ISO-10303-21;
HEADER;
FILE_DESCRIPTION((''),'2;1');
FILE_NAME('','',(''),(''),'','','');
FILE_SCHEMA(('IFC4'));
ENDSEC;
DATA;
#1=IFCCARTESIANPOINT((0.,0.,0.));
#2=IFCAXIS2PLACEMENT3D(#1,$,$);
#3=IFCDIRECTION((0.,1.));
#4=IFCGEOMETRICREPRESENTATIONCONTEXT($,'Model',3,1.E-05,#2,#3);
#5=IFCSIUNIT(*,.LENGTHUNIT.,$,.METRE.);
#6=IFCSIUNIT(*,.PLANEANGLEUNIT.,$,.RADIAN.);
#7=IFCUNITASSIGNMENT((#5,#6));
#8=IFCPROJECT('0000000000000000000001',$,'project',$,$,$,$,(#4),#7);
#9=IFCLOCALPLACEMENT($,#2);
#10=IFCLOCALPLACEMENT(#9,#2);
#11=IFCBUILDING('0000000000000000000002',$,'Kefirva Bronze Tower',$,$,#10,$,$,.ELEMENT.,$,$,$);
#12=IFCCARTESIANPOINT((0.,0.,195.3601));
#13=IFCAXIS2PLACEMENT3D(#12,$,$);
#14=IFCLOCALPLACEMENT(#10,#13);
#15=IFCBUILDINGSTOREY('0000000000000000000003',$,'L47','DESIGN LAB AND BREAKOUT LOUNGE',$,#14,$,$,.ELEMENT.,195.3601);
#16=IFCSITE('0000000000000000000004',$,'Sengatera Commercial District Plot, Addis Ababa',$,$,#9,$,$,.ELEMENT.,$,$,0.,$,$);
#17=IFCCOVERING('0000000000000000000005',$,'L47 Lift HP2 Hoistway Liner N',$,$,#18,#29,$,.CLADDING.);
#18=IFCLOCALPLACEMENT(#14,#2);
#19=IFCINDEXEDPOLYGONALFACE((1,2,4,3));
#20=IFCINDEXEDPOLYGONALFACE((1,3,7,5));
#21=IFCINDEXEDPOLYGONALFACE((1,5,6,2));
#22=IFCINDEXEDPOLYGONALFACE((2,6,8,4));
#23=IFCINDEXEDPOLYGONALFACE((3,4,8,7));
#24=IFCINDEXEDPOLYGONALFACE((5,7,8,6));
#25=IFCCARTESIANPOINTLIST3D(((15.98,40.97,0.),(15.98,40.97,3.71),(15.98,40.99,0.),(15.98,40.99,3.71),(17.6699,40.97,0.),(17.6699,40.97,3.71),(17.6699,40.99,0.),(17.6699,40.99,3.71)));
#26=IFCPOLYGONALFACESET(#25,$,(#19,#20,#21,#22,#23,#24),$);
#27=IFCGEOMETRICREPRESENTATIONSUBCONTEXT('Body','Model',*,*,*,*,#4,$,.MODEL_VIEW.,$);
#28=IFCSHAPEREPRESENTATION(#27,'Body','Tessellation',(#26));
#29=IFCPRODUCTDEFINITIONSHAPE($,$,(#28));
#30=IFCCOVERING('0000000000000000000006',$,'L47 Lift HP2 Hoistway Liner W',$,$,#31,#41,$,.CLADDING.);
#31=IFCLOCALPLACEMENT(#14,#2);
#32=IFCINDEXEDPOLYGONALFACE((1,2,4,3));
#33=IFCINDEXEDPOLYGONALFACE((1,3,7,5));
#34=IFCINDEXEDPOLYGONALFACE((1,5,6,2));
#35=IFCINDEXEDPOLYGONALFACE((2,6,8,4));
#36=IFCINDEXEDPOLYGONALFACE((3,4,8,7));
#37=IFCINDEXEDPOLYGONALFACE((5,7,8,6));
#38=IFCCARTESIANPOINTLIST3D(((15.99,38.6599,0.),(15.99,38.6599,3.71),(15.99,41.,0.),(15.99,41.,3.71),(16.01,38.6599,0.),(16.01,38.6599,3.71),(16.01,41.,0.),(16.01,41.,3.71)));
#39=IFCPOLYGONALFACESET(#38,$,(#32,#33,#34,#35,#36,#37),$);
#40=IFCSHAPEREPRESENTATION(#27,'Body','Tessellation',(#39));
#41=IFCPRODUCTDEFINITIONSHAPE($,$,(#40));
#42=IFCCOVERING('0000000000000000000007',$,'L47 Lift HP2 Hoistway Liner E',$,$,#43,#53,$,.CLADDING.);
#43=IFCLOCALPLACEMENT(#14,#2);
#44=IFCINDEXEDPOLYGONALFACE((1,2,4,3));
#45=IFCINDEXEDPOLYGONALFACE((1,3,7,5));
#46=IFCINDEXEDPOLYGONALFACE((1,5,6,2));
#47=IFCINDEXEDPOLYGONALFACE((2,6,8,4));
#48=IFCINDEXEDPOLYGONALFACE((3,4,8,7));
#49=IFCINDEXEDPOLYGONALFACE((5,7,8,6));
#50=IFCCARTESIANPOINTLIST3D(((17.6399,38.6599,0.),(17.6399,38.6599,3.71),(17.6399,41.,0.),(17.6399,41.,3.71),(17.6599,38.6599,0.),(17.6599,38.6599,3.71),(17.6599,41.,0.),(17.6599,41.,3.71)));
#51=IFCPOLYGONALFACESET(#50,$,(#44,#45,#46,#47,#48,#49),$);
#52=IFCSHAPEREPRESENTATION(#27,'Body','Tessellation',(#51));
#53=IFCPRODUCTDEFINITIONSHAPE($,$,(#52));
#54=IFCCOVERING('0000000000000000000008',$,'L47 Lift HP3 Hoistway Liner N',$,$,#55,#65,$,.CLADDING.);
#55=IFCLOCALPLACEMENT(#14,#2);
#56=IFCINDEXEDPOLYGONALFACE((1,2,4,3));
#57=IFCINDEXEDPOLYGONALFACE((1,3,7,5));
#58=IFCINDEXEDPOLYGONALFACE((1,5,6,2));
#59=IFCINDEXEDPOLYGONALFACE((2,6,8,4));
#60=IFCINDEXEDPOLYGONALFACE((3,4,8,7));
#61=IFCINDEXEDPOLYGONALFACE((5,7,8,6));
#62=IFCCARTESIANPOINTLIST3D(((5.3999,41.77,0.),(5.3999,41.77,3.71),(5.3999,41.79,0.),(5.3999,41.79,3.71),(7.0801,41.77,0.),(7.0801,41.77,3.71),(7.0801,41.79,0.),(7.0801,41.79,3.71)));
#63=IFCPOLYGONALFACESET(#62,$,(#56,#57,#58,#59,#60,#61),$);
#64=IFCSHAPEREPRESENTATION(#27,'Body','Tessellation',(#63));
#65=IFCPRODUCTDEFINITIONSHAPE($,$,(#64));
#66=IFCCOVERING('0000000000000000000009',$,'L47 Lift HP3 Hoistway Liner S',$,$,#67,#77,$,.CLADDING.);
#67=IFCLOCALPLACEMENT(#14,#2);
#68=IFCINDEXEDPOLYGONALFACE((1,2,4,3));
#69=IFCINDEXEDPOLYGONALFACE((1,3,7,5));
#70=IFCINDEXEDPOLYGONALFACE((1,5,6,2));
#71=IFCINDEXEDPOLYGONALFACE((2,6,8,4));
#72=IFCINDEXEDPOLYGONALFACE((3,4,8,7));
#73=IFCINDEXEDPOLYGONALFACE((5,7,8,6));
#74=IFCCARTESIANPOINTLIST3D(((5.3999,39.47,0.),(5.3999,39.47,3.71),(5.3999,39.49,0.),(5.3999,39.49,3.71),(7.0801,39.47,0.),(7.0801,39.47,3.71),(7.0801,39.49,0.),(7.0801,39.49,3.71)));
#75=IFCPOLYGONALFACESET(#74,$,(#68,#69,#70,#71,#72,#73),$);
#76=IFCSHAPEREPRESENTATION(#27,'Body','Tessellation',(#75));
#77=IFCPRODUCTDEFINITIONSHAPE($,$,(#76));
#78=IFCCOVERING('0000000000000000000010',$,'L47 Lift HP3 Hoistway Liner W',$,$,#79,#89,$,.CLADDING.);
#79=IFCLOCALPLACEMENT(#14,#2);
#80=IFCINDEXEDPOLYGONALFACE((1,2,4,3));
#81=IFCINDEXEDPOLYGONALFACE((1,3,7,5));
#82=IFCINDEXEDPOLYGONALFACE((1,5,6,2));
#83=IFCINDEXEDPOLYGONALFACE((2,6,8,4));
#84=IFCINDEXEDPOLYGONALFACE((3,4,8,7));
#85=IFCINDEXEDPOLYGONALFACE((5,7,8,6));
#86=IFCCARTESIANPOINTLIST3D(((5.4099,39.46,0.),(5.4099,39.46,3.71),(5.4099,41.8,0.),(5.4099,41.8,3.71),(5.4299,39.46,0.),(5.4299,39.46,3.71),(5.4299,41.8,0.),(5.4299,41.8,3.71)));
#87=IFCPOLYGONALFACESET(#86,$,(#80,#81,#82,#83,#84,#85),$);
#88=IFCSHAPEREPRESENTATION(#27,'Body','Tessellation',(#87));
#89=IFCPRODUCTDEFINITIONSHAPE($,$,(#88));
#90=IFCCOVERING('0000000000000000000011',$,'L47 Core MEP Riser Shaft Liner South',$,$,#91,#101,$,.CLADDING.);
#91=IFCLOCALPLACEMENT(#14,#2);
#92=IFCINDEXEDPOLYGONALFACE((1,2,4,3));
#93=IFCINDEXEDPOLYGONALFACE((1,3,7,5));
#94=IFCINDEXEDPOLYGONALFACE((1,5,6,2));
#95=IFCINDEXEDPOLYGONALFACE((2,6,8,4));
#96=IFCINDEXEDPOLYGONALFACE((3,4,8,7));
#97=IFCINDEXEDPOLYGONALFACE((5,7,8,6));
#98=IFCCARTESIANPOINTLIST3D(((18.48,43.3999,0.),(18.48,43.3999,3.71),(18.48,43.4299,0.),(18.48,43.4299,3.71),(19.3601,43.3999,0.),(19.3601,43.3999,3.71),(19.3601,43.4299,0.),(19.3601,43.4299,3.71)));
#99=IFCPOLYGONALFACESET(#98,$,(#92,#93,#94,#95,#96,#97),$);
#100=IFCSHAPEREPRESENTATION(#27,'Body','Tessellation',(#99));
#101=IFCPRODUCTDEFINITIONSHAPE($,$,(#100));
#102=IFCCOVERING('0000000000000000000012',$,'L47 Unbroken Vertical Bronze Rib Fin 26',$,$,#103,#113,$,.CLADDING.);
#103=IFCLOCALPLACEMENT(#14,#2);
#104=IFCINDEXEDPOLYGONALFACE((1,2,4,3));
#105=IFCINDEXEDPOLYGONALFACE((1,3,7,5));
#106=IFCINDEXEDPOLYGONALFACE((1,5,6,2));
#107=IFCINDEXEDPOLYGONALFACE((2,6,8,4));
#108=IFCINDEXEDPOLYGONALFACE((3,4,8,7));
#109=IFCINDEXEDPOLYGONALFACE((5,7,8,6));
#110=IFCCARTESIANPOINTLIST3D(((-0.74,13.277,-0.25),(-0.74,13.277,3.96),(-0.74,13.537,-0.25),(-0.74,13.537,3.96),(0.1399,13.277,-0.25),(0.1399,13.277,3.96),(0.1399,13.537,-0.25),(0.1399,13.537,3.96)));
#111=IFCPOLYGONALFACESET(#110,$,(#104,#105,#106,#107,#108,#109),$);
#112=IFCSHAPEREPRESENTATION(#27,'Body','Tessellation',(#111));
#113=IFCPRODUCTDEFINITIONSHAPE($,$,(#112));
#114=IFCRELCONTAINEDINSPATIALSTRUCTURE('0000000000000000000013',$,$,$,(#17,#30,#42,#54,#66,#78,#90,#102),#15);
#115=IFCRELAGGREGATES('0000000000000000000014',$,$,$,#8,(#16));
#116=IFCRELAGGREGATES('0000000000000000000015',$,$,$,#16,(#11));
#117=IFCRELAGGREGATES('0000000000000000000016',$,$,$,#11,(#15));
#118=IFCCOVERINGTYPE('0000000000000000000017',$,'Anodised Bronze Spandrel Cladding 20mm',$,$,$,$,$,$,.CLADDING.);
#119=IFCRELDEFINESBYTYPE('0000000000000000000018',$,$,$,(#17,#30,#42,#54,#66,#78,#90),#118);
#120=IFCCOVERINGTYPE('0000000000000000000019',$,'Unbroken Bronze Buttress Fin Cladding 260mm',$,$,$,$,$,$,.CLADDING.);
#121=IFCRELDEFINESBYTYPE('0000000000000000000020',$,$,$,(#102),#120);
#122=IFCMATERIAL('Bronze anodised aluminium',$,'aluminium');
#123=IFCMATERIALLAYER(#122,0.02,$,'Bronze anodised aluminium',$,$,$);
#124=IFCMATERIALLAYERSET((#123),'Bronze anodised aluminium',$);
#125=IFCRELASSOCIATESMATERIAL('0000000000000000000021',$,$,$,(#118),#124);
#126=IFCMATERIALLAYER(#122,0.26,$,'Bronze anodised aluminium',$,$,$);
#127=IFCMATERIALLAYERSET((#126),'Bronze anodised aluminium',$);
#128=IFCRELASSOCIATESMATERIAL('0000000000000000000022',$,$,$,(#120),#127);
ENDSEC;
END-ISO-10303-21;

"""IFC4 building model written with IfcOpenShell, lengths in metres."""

from ifc_helpers import new_model, si_unit, direction, frame, origin, origin_2d, place, context, subcontext, project, spatial, polyline, rectangle, outline, extrude, material, layer, layer_set, type_object, element, save


model = new_model("IFC4")

# Units and contexts
model_context = context("Model", 3, precision=1e-05, world=origin(), true_north=direction((0.0, 1.0)))
body_context = subcontext(model_context, "Body", "Model", "MODEL_VIEW")
ifc_project = project(units=[si_unit("LENGTHUNIT", "METRE"), si_unit("PLANEANGLEUNIT", "RADIAN")], contexts=[model_context])

# Site, building, storey
site_placement = place(None, origin())
site = spatial("IfcSite", under=ifc_project, at=site_placement, Name="Sengatera Commercial District Plot, Addis Ababa", CompositionType="ELEMENT", RefElevation=0.0)
building_placement = place(site_placement, origin())
building = spatial("IfcBuilding", under=site, at=building_placement, Name="Kefirva Bronze Tower", CompositionType="ELEMENT")
storey_placement = place(building_placement, frame((0.0, 0.0, 195.3601)))
storey = spatial("IfcBuildingStorey", under=building, at=storey_placement, Name="L47", Description="DESIGN LAB AND BREAKOUT LOUNGE", CompositionType="ELEMENT", Elevation=195.3601)

# Coverings
ifc_material_1 = material(Name="Bronze anodised aluminium", Category="aluminium")
ifc_layer_1 = layer(ifc_material_1, 0.02, Name="Bronze anodised aluminium")
ifc_layer_set_1 = layer_set([ifc_layer_1], Name="Bronze anodised aluminium")
covering_type_1 = type_object("IfcCoveringType", Name="Anodised Bronze Spandrel Cladding 20mm", PredefinedType="CLADDING", material=ifc_layer_set_1)
covering_1_placement = place(storey_placement, origin())
element("IfcCovering", 1, at=covering_1_placement, inside=storey, type_object=covering_type_1, Name="L47 Lift HP2 Hoistway Liner N", PredefinedType="CLADDING", context=body_context, shape_type="SweptSolid", body=[
    extrude(outline(polyline([(15.98, 40.97), (17.6699, 40.97), (17.6699, 40.99), (15.98, 40.99), (15.98, 40.97)])), origin(), (0.0, 0.0, 1.0), 3.71),
])
covering_2_placement = place(storey_placement, origin())
element("IfcCovering", 2, at=covering_2_placement, inside=storey, type_object=covering_type_1, Name="L47 Lift HP2 Hoistway Liner W", PredefinedType="CLADDING", context=body_context, shape_type="SweptSolid", body=[
    extrude(outline(polyline([(15.99, 38.6599), (16.01, 38.6599), (16.01, 41.0), (15.99, 41.0), (15.99, 38.6599)])), origin(), (0.0, 0.0, 1.0), 3.71),
])
covering_3_placement = place(storey_placement, origin())
element("IfcCovering", 3, at=covering_3_placement, inside=storey, type_object=covering_type_1, Name="L47 Lift HP2 Hoistway Liner E", PredefinedType="CLADDING", context=body_context, shape_type="SweptSolid", body=[
    extrude(outline(polyline([(17.6399, 38.6599), (17.6599, 38.6599), (17.6599, 41.0), (17.6399, 41.0), (17.6399, 38.6599)])), origin(), (0.0, 0.0, 1.0), 3.71),
])
covering_4_placement = place(storey_placement, origin())
element("IfcCovering", 4, at=covering_4_placement, inside=storey, type_object=covering_type_1, Name="L47 Lift HP3 Hoistway Liner N", PredefinedType="CLADDING", context=body_context, shape_type="SweptSolid", body=[
    extrude(outline(polyline([(5.3999, 41.77), (7.0801, 41.77), (7.0801, 41.79), (5.3999, 41.79), (5.3999, 41.77)])), origin(), (0.0, 0.0, 1.0), 3.71),
])
covering_5_placement = place(storey_placement, origin())
element("IfcCovering", 5, at=covering_5_placement, inside=storey, type_object=covering_type_1, Name="L47 Lift HP3 Hoistway Liner S", PredefinedType="CLADDING", context=body_context, shape_type="SweptSolid", body=[
    extrude(outline(polyline([(5.3999, 39.47), (7.0801, 39.47), (7.0801, 39.49), (5.3999, 39.49), (5.3999, 39.47)])), origin(), (0.0, 0.0, 1.0), 3.71),
])
covering_6_placement = place(storey_placement, origin())
element("IfcCovering", 6, at=covering_6_placement, inside=storey, type_object=covering_type_1, Name="L47 Lift HP3 Hoistway Liner W", PredefinedType="CLADDING", context=body_context, shape_type="SweptSolid", body=[
    extrude(outline(polyline([(5.4099, 39.46), (5.4299, 39.46), (5.4299, 41.8), (5.4099, 41.8), (5.4099, 39.46)])), origin(), (0.0, 0.0, 1.0), 3.71),
])
covering_7_placement = place(storey_placement, origin())
element("IfcCovering", 7, at=covering_7_placement, inside=storey, type_object=covering_type_1, Name="L47 Core MEP Riser Shaft Liner South", PredefinedType="CLADDING", context=body_context, shape_type="SweptSolid", body=[
    extrude(outline(polyline([(18.48, 43.3999), (19.3601, 43.3999), (19.3601, 43.4299), (18.48, 43.4299), (18.48, 43.3999)])), origin(), (0.0, 0.0, 1.0), 3.71),
])
ifc_layer_2 = layer(ifc_material_1, 0.26, Name="Bronze anodised aluminium")
ifc_layer_set_2 = layer_set([ifc_layer_2], Name="Bronze anodised aluminium")
covering_type_2 = type_object("IfcCoveringType", Name="Unbroken Bronze Buttress Fin Cladding 260mm", PredefinedType="CLADDING", material=ifc_layer_set_2)
covering_8_placement = place(storey_placement, frame((-0.3, 13.407, -0.25), z_axis=(0.0, 0.0, 1.0), x_axis=(0.0, -1.0, 0.0)))
element("IfcCovering", 8, at=covering_8_placement, inside=storey, type_object=covering_type_2, Name="L47 Unbroken Vertical Bronze Rib Fin 26", PredefinedType="CLADDING", context=body_context, shape_type="SweptSolid", body=[
    extrude(rectangle(XDim=0.26, YDim=0.8799, at=origin_2d()), origin(), (0.0, 0.0, 1.0), 4.21),
])

save(model, "model.ifc")
